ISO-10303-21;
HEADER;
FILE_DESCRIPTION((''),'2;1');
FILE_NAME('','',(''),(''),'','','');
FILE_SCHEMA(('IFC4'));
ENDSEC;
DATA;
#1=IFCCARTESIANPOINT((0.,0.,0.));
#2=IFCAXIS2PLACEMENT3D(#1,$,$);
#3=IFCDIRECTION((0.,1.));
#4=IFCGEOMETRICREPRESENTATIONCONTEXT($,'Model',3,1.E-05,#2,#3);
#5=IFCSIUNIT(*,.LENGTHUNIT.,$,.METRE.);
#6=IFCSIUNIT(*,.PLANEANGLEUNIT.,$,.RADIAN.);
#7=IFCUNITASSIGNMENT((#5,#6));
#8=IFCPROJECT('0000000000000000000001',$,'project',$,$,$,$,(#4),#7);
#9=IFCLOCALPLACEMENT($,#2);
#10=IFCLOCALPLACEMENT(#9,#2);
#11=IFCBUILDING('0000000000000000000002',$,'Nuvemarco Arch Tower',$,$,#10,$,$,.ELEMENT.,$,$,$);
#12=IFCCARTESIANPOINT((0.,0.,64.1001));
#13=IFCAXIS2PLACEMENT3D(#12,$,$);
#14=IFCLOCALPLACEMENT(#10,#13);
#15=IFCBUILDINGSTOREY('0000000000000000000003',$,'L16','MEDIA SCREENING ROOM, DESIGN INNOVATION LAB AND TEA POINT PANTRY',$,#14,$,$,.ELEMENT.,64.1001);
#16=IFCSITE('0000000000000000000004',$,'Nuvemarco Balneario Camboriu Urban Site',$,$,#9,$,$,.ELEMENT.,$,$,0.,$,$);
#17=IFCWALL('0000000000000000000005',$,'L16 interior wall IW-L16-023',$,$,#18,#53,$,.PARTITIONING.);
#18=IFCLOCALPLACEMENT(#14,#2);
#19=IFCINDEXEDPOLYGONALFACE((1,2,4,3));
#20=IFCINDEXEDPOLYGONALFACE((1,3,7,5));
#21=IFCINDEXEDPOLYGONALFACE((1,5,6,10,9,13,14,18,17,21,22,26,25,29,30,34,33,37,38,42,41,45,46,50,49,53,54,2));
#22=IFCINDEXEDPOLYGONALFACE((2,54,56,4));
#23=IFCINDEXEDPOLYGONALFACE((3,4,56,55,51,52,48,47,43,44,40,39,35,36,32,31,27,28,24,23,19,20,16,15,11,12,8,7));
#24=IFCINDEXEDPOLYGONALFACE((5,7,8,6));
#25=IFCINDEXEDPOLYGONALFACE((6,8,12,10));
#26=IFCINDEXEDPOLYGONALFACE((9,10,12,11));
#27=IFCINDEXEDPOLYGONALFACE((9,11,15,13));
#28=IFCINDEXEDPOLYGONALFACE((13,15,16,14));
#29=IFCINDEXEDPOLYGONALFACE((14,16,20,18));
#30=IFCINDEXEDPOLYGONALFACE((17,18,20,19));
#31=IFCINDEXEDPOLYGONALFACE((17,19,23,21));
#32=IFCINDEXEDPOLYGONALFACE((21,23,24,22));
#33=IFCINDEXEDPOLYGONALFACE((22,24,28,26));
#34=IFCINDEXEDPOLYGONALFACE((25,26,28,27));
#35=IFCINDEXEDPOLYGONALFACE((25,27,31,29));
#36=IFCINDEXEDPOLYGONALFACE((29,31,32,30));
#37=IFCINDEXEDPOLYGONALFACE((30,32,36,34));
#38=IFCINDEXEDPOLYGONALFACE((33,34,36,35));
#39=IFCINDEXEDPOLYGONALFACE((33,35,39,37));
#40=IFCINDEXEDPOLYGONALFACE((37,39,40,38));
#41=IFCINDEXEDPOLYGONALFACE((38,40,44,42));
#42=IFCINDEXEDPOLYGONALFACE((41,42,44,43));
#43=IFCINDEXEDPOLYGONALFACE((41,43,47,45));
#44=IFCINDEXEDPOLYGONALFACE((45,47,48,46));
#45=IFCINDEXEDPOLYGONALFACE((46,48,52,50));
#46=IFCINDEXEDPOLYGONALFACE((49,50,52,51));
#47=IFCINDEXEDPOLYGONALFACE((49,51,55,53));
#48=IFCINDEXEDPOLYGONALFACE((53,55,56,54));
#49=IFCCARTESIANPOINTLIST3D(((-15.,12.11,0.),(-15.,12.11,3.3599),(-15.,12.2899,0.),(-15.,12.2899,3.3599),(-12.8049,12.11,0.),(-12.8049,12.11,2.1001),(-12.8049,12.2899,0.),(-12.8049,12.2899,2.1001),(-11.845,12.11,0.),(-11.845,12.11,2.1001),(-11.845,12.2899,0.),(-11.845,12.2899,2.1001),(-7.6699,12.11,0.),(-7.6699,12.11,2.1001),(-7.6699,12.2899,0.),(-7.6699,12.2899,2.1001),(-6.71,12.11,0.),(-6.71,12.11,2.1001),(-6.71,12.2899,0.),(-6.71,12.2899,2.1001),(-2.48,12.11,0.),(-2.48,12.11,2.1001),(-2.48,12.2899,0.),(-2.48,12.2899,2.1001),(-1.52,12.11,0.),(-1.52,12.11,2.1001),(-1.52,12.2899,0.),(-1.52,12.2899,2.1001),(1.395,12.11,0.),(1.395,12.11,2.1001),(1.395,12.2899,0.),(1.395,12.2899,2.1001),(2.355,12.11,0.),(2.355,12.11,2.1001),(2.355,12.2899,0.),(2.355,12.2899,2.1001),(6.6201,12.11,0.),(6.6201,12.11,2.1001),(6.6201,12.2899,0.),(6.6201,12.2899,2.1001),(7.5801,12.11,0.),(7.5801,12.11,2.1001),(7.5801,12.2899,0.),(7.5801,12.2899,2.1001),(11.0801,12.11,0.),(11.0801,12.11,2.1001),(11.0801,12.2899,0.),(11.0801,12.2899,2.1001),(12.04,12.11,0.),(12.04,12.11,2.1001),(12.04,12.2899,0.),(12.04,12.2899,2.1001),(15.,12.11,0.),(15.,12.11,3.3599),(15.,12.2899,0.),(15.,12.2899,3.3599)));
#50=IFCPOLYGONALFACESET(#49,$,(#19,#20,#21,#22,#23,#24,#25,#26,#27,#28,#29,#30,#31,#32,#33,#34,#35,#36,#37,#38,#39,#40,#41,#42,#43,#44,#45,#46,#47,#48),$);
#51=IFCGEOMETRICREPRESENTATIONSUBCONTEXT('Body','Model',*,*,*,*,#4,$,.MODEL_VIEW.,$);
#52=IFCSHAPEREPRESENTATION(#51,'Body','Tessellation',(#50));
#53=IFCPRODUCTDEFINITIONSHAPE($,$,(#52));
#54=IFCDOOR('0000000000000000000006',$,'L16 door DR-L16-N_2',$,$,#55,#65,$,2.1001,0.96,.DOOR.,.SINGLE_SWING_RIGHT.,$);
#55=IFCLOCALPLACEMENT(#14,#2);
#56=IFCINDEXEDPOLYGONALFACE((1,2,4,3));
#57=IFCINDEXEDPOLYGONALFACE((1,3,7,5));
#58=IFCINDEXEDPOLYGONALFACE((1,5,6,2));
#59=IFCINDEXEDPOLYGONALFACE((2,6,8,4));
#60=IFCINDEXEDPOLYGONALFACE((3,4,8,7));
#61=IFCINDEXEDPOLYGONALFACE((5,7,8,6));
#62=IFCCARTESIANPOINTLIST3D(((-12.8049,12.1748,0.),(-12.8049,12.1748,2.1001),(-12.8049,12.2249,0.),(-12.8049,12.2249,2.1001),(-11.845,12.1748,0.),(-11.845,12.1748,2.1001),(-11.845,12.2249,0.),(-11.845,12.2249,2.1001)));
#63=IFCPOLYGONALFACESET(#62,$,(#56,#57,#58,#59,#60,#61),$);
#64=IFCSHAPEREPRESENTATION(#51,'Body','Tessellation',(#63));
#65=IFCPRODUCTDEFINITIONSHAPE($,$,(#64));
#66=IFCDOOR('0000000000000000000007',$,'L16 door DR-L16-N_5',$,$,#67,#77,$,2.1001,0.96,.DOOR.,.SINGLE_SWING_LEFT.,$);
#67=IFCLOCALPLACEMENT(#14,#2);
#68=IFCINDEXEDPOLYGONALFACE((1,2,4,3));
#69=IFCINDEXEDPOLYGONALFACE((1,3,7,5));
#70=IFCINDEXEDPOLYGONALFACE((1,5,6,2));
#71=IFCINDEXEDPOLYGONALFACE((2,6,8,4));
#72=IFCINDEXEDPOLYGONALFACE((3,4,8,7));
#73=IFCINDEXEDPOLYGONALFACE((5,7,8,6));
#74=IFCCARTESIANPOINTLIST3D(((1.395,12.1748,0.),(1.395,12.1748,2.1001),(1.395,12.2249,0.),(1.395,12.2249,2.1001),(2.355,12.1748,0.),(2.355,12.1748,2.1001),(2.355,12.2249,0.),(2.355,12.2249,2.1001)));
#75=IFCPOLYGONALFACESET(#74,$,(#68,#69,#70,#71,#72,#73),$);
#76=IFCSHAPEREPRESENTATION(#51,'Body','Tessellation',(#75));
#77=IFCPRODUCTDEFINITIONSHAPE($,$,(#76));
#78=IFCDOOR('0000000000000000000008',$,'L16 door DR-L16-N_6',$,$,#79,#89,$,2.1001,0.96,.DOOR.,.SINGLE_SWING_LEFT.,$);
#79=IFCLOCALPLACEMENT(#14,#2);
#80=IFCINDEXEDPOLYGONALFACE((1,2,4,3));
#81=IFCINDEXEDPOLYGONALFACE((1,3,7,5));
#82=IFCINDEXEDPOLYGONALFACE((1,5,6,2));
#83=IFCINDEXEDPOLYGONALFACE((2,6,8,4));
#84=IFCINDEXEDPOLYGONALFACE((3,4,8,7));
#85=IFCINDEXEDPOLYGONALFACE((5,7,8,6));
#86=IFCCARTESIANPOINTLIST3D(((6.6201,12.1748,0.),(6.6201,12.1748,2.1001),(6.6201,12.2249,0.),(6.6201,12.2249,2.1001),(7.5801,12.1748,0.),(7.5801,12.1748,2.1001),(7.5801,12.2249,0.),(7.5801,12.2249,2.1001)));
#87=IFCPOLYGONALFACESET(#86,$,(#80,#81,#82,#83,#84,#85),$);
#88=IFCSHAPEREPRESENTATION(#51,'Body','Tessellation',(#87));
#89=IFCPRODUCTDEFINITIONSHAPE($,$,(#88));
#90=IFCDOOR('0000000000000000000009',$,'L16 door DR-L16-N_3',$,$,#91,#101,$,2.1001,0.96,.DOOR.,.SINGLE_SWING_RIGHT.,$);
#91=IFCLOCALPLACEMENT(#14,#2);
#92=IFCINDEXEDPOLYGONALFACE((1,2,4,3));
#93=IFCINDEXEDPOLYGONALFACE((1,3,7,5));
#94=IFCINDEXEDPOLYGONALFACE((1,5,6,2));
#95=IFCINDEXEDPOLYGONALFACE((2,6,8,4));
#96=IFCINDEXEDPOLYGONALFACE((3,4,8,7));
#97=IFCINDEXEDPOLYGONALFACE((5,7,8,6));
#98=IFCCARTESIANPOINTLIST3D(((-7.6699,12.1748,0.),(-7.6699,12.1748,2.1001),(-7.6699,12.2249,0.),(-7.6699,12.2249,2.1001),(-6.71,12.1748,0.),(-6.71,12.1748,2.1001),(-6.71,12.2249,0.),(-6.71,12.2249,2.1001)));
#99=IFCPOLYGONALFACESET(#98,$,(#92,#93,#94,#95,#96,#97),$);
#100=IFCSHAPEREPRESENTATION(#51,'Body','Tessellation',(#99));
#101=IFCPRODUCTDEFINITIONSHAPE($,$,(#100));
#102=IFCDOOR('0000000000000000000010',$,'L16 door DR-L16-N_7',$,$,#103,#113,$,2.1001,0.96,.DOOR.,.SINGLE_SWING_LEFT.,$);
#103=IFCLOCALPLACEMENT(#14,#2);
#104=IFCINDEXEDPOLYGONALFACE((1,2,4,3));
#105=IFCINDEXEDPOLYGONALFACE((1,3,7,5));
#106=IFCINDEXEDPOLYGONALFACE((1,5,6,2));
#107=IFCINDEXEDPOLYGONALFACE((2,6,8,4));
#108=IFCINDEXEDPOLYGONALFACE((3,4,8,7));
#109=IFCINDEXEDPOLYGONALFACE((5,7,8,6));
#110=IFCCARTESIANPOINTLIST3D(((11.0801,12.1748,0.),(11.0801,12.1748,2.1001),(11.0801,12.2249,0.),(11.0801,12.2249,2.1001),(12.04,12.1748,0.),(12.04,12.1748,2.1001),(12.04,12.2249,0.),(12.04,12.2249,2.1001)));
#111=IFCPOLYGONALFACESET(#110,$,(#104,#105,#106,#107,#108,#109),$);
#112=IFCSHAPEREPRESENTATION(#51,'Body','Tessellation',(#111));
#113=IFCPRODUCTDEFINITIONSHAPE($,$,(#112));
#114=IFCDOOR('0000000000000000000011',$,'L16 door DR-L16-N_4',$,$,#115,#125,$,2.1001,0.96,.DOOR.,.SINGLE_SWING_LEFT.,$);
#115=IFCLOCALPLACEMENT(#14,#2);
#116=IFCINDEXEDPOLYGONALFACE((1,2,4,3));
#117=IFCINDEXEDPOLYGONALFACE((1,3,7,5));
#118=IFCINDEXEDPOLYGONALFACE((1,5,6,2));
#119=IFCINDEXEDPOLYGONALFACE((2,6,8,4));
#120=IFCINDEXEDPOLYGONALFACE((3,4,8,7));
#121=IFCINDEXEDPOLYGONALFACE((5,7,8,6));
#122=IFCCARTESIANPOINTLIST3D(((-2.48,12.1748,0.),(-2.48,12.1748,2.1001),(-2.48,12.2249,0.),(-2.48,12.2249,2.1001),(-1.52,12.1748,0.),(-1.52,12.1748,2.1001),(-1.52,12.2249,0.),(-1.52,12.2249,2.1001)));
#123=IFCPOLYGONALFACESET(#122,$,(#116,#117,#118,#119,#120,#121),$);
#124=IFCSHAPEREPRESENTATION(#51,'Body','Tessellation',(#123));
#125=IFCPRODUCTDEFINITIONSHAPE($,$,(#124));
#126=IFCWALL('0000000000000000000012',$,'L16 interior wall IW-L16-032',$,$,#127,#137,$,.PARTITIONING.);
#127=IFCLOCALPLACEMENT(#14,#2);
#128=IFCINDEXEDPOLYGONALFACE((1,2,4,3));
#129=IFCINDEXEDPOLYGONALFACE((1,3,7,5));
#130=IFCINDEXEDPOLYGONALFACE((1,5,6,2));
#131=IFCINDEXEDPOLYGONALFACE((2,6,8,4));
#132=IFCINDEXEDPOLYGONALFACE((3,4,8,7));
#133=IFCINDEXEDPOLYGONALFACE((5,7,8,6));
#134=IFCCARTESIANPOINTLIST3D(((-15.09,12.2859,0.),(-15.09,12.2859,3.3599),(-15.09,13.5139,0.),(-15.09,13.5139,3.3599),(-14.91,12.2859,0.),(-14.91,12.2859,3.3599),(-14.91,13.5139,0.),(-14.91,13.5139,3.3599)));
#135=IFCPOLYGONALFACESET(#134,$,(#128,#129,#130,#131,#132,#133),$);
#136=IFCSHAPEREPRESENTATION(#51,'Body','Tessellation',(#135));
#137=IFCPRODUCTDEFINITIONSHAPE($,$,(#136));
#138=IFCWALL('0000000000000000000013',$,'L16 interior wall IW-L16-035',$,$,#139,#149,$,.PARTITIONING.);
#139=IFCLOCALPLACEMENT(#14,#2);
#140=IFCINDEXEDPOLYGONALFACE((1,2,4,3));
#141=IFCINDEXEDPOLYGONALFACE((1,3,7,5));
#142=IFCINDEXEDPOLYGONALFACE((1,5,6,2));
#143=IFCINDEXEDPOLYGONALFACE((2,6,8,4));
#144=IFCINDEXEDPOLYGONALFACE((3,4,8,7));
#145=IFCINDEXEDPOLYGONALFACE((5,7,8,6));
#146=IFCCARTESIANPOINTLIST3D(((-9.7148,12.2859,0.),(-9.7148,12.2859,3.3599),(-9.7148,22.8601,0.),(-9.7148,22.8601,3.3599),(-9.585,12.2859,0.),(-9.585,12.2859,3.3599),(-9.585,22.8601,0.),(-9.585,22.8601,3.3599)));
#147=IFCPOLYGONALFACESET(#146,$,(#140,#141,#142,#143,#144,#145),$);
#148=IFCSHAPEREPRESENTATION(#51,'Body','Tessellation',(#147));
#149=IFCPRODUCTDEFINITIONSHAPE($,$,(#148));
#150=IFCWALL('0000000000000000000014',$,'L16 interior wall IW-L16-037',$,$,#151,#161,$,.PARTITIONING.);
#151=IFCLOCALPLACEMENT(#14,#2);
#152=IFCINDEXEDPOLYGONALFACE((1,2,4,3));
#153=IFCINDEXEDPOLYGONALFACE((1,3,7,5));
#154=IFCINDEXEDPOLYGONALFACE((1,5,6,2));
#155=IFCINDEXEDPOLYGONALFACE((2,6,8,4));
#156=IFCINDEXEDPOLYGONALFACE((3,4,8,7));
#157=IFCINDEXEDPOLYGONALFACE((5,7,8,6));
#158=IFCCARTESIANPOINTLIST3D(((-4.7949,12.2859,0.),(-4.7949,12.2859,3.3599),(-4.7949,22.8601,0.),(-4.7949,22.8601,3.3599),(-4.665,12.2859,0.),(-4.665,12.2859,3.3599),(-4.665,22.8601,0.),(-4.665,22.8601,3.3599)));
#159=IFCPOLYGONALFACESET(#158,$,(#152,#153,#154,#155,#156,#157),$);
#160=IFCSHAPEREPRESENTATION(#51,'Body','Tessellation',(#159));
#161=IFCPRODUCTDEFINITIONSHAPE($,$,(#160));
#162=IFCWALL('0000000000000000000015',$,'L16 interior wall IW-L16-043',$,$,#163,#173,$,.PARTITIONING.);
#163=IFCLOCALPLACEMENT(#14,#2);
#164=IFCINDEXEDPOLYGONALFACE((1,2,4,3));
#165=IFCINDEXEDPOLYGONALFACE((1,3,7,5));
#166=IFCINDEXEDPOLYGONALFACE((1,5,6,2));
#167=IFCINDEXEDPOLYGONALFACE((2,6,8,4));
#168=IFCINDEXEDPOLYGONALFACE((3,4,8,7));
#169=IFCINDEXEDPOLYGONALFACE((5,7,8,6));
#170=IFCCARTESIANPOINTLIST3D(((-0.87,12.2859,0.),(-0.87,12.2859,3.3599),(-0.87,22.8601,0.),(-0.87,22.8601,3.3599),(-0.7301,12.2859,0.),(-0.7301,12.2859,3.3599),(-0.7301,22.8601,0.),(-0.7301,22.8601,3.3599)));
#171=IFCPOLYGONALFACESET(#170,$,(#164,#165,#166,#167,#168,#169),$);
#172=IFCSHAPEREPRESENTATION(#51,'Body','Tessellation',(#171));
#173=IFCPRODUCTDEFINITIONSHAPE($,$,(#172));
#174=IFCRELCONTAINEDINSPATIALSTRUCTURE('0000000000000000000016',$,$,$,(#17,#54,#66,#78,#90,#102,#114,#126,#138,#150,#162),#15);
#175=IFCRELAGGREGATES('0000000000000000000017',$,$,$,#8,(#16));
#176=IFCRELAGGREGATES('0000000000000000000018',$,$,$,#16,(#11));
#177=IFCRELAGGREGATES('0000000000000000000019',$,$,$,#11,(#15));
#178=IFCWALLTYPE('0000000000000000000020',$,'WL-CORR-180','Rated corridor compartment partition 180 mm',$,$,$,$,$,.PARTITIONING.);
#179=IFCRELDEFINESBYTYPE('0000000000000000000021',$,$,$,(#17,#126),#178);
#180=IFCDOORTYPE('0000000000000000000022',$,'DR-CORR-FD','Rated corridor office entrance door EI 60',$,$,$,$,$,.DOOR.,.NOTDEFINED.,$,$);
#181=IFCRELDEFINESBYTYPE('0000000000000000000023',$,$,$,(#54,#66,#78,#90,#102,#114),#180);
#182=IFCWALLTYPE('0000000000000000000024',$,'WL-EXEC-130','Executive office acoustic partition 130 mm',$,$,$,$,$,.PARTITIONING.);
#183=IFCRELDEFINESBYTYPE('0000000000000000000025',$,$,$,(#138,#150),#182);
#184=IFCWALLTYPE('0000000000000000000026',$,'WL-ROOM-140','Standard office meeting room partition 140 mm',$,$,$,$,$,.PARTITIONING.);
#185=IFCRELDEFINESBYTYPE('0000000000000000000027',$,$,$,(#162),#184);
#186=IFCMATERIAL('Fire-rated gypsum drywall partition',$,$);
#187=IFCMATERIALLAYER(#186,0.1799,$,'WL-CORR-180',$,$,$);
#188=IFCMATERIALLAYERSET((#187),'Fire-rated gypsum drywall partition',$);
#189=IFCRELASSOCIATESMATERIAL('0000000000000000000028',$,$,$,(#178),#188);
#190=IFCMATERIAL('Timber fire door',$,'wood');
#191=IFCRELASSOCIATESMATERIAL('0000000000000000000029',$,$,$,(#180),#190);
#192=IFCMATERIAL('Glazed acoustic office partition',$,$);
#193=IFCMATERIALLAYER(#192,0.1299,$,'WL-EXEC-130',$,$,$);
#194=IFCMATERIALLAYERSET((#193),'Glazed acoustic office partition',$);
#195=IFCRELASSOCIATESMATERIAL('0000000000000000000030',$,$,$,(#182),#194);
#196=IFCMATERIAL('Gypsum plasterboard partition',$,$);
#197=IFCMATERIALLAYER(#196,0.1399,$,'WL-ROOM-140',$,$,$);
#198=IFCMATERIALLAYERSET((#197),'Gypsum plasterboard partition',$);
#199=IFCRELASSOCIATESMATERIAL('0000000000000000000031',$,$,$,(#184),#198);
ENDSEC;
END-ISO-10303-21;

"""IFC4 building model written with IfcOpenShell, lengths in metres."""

from ifc_helpers import new_model, si_unit, direction, frame, frame_2d, origin, place, context, subcontext, project, spatial, rectangle, extrude, source, transform, mapped, material, layer, layer_set, type_object, type_shapes, element, fill, save


model = new_model("IFC4")

# Units and contexts
model_context = context("Model", 3, precision=1e-05, world=origin(), true_north=direction((0.0, 1.0)))
body_context = subcontext(model_context, "Body", "Model", "MODEL_VIEW")
ifc_project = project(units=[si_unit("LENGTHUNIT", "METRE"), si_unit("PLANEANGLEUNIT", "RADIAN")], contexts=[model_context])

# Site, building, storey
site_placement = place(None, origin())
site = spatial("IfcSite", under=ifc_project, at=site_placement, Name="Nuvemarco Balneario Camboriu Urban Site", CompositionType="ELEMENT", RefElevation=0.0)
building_placement = place(site_placement, origin())
building = spatial("IfcBuilding", under=site, at=building_placement, Name="Nuvemarco Arch Tower", CompositionType="ELEMENT")
storey_placement = place(building_placement, frame((0.0, 0.0, 64.1001)))
storey = spatial("IfcBuildingStorey", under=building, at=storey_placement, Name="L16", Description="MEDIA SCREENING ROOM, DESIGN INNOVATION LAB AND TEA POINT PANTRY", CompositionType="ELEMENT", Elevation=64.1001)

# Shared definitions
ifc_material_1 = material(Name="Fire-rated gypsum drywall partition")
ifc_layer_1 = layer(ifc_material_1, 0.1799, Name="WL-CORR-180")
ifc_layer_set_1 = layer_set([ifc_layer_1], Name="Fire-rated gypsum drywall partition")
wall_type_1 = type_object("IfcWallType", Name="WL-CORR-180", Description="Rated corridor compartment partition 180 mm", PredefinedType="PARTITIONING", material=ifc_layer_set_1)
ifc_material_2 = material(Name="Timber fire door", Category="wood")
door_type = type_object("IfcDoorType", Name="DR-CORR-FD", Description="Rated corridor office entrance door EI 60", OperationType="NOTDEFINED", PredefinedType="DOOR", material=ifc_material_2)
shared_shape_1 = source(origin(), body_context, "Body", "SweptSolid", [
    extrude(rectangle(XDim=0.96, YDim=2.1001, at=frame_2d((0.48, 1.05))), frame((0.0, 0.0249, 0.0), z_axis=(0.0, -1.0, 0.0), x_axis=(1.0, 0.0, 0.0)), (0.0, 0.0, 1.0), 0.05),
])
type_shapes(door_type, [shared_shape_1])

# Wall, openings, doors
wall_1_placement = place(storey_placement, frame((-15.0, 12.2, 0.0), z_axis=(0.0, 0.0, 1.0), x_axis=(1.0, 0.0, 0.0)))
wall_1 = element("IfcWall", 1, at=wall_1_placement, inside=storey, type_object=wall_type_1, Name="L16 interior wall IW-L16-023", PredefinedType="PARTITIONING", context=body_context, shape_type="SweptSolid", body=[
    extrude(rectangle(XDim=30.0, YDim=0.1799, at=frame_2d((15.0, 0.0))), origin(), (0.0, 0.0, 1.0), 3.3599),
])
opening_1_placement = place(wall_1_placement, frame((2.1951, 0.0, 0.0)))
opening_1 = element("IfcOpeningElement", 2, at=opening_1_placement, cuts=wall_1, PredefinedType="OPENING", context=body_context, shape_type="SweptSolid", body=[
    extrude(rectangle(XDim=0.96, YDim=2.1001, at=frame_2d((0.48, 1.05))), frame((0.0, 0.0999, 0.0), z_axis=(0.0, -1.0, 0.0), x_axis=(1.0, 0.0, 0.0)), (0.0, 0.0, 1.0), 0.2),
])
opening_2_placement = place(wall_1_placement, frame((16.395, 0.0, 0.0)))
opening_2 = element("IfcOpeningElement", 3, at=opening_2_placement, cuts=wall_1, PredefinedType="OPENING", context=body_context, shape_type="SweptSolid", body=[
    extrude(rectangle(XDim=0.96, YDim=2.1001, at=frame_2d((0.48, 1.05))), frame((0.0, 0.0999, 0.0), z_axis=(0.0, -1.0, 0.0), x_axis=(1.0, 0.0, 0.0)), (0.0, 0.0, 1.0), 0.2),
])
opening_3_placement = place(wall_1_placement, frame((21.6201, 0.0, 0.0)))
opening_3 = element("IfcOpeningElement", 4, at=opening_3_placement, cuts=wall_1, PredefinedType="OPENING", context=body_context, shape_type="SweptSolid", body=[
    extrude(rectangle(XDim=0.96, YDim=2.1001, at=frame_2d((0.48, 1.05))), frame((0.0, 0.0999, 0.0), z_axis=(0.0, -1.0, 0.0), x_axis=(1.0, 0.0, 0.0)), (0.0, 0.0, 1.0), 0.2),
])
opening_4_placement = place(wall_1_placement, frame((7.3301, 0.0, 0.0)))
opening_4 = element("IfcOpeningElement", 5, at=opening_4_placement, cuts=wall_1, PredefinedType="OPENING", context=body_context, shape_type="SweptSolid", body=[
    extrude(rectangle(XDim=0.96, YDim=2.1001, at=frame_2d((0.48, 1.05))), frame((0.0, 0.0999, 0.0), z_axis=(0.0, -1.0, 0.0), x_axis=(1.0, 0.0, 0.0)), (0.0, 0.0, 1.0), 0.2),
])
opening_5_placement = place(wall_1_placement, frame((26.0801, 0.0, 0.0)))
opening_5 = element("IfcOpeningElement", 6, at=opening_5_placement, cuts=wall_1, PredefinedType="OPENING", context=body_context, shape_type="SweptSolid", body=[
    extrude(rectangle(XDim=0.96, YDim=2.1001, at=frame_2d((0.48, 1.05))), frame((0.0, 0.0999, 0.0), z_axis=(0.0, -1.0, 0.0), x_axis=(1.0, 0.0, 0.0)), (0.0, 0.0, 1.0), 0.2),
])
opening_6_placement = place(wall_1_placement, frame((12.52, 0.0, 0.0)))
opening_6 = element("IfcOpeningElement", 7, at=opening_6_placement, cuts=wall_1, PredefinedType="OPENING", context=body_context, shape_type="SweptSolid", body=[
    extrude(rectangle(XDim=0.96, YDim=2.1001, at=frame_2d((0.48, 1.05))), frame((0.0, 0.0999, 0.0), z_axis=(0.0, -1.0, 0.0), x_axis=(1.0, 0.0, 0.0)), (0.0, 0.0, 1.0), 0.2),
])
door_1_placement = place(opening_1_placement, origin())
door_1 = element("IfcDoor", 8, at=door_1_placement, inside=storey, type_object=door_type, Name="L16 door DR-L16-N_2", OperationType="SINGLE_SWING_RIGHT", OverallHeight=2.1001, OverallWidth=0.96, PredefinedType="DOOR", context=body_context, shape_type="MappedRepresentation", body=[
    mapped(shared_shape_1, transform((0.0, 0.0, 0.0), scale=1.0)),
])
fill(opening_1, door_1)
door_2_placement = place(opening_2_placement, origin())
door_2 = element("IfcDoor", 9, at=door_2_placement, inside=storey, type_object=door_type, Name="L16 door DR-L16-N_5", OperationType="SINGLE_SWING_LEFT", OverallHeight=2.1001, OverallWidth=0.96, PredefinedType="DOOR", context=body_context, shape_type="MappedRepresentation", body=[
    mapped(shared_shape_1, transform((0.0, 0.0, 0.0), scale=1.0)),
])
fill(opening_2, door_2)
door_3_placement = place(opening_3_placement, origin())
door_3 = element("IfcDoor", 10, at=door_3_placement, inside=storey, type_object=door_type, Name="L16 door DR-L16-N_6", OperationType="SINGLE_SWING_LEFT", OverallHeight=2.1001, OverallWidth=0.96, PredefinedType="DOOR", context=body_context, shape_type="MappedRepresentation", body=[
    mapped(shared_shape_1, transform((0.0, 0.0, 0.0), scale=1.0)),
])
fill(opening_3, door_3)
door_4_placement = place(opening_4_placement, origin())
door_4 = element("IfcDoor", 11, at=door_4_placement, inside=storey, type_object=door_type, Name="L16 door DR-L16-N_3", OperationType="SINGLE_SWING_RIGHT", OverallHeight=2.1001, OverallWidth=0.96, PredefinedType="DOOR", context=body_context, shape_type="MappedRepresentation", body=[
    mapped(shared_shape_1, transform((0.0, 0.0, 0.0), scale=1.0)),
])
fill(opening_4, door_4)
door_5_placement = place(opening_5_placement, origin())
door_5 = element("IfcDoor", 12, at=door_5_placement, inside=storey, type_object=door_type, Name="L16 door DR-L16-N_7", OperationType="SINGLE_SWING_LEFT", OverallHeight=2.1001, OverallWidth=0.96, PredefinedType="DOOR", context=body_context, shape_type="MappedRepresentation", body=[
    mapped(shared_shape_1, transform((0.0, 0.0, 0.0), scale=1.0)),
])
fill(opening_5, door_5)
door_6_placement = place(opening_6_placement, origin())
door_6 = element("IfcDoor", 13, at=door_6_placement, inside=storey, type_object=door_type, Name="L16 door DR-L16-N_4", OperationType="SINGLE_SWING_LEFT", OverallHeight=2.1001, OverallWidth=0.96, PredefinedType="DOOR", context=body_context, shape_type="MappedRepresentation", body=[
    mapped(shared_shape_1, transform((0.0, 0.0, 0.0), scale=1.0)),
])
fill(opening_6, door_6)

# Walls
wall_2_placement = place(storey_placement, frame((-15.0, 12.2859, 0.0), z_axis=(0.0, 0.0, 1.0), x_axis=(0.0, 1.0, 0.0)))
element("IfcWall", 14, at=wall_2_placement, inside=storey, type_object=wall_type_1, Name="L16 interior wall IW-L16-032", PredefinedType="PARTITIONING", context=body_context, shape_type="SweptSolid", body=[
    extrude(rectangle(XDim=1.228, YDim=0.1799, at=frame_2d((0.614, 0.0))), origin(), (0.0, 0.0, 1.0), 3.3599),
])
ifc_material_3 = material(Name="Glazed acoustic office partition")
ifc_layer_2 = layer(ifc_material_3, 0.1299, Name="WL-EXEC-130")
ifc_layer_set_2 = layer_set([ifc_layer_2], Name="Glazed acoustic office partition")
wall_type_2 = type_object("IfcWallType", Name="WL-EXEC-130", Description="Executive office acoustic partition 130 mm", PredefinedType="PARTITIONING", material=ifc_layer_set_2)
for number, where, z_axis, x_axis, name in (
    (15, (-9.6499, 12.2859, 0.0), (0.0, 0.0, 1.0), (0.0, 1.0, 0.0), "L16 interior wall IW-L16-035"),
    (16, (-4.73, 12.2859, 0.0), (0.0, 0.0, 1.0), (0.0, 1.0, 0.0), "L16 interior wall IW-L16-037"),
):
    element("IfcWall", number, at=place(storey_placement, frame(where, z_axis=z_axis, x_axis=x_axis)), inside=storey, type_object=wall_type_2, Name=name, PredefinedType="PARTITIONING", context=body_context, shape_type="SweptSolid", body=[
        extrude(rectangle(XDim=10.5742, YDim=0.1299, at=frame_2d((5.2871, 0.0))), origin(), (0.0, 0.0, 1.0), 3.3599),
    ])
ifc_material_4 = material(Name="Gypsum plasterboard partition")
ifc_layer_3 = layer(ifc_material_4, 0.1399, Name="WL-ROOM-140")
ifc_layer_set_3 = layer_set([ifc_layer_3], Name="Gypsum plasterboard partition")
wall_type_3 = type_object("IfcWallType", Name="WL-ROOM-140", Description="Standard office meeting room partition 140 mm", PredefinedType="PARTITIONING", material=ifc_layer_set_3)
wall_3_placement = place(storey_placement, frame((-0.8, 12.2859, 0.0), z_axis=(0.0, 0.0, 1.0), x_axis=(0.0, 1.0, 0.0)))
element("IfcWall", 17, at=wall_3_placement, inside=storey, type_object=wall_type_3, Name="L16 interior wall IW-L16-043", PredefinedType="PARTITIONING", context=body_context, shape_type="SweptSolid", body=[
    extrude(rectangle(XDim=10.5742, YDim=0.1399, at=frame_2d((5.2871, 0.0))), origin(), (0.0, 0.0, 1.0), 3.3599),
])

save(model, "model.ifc")
